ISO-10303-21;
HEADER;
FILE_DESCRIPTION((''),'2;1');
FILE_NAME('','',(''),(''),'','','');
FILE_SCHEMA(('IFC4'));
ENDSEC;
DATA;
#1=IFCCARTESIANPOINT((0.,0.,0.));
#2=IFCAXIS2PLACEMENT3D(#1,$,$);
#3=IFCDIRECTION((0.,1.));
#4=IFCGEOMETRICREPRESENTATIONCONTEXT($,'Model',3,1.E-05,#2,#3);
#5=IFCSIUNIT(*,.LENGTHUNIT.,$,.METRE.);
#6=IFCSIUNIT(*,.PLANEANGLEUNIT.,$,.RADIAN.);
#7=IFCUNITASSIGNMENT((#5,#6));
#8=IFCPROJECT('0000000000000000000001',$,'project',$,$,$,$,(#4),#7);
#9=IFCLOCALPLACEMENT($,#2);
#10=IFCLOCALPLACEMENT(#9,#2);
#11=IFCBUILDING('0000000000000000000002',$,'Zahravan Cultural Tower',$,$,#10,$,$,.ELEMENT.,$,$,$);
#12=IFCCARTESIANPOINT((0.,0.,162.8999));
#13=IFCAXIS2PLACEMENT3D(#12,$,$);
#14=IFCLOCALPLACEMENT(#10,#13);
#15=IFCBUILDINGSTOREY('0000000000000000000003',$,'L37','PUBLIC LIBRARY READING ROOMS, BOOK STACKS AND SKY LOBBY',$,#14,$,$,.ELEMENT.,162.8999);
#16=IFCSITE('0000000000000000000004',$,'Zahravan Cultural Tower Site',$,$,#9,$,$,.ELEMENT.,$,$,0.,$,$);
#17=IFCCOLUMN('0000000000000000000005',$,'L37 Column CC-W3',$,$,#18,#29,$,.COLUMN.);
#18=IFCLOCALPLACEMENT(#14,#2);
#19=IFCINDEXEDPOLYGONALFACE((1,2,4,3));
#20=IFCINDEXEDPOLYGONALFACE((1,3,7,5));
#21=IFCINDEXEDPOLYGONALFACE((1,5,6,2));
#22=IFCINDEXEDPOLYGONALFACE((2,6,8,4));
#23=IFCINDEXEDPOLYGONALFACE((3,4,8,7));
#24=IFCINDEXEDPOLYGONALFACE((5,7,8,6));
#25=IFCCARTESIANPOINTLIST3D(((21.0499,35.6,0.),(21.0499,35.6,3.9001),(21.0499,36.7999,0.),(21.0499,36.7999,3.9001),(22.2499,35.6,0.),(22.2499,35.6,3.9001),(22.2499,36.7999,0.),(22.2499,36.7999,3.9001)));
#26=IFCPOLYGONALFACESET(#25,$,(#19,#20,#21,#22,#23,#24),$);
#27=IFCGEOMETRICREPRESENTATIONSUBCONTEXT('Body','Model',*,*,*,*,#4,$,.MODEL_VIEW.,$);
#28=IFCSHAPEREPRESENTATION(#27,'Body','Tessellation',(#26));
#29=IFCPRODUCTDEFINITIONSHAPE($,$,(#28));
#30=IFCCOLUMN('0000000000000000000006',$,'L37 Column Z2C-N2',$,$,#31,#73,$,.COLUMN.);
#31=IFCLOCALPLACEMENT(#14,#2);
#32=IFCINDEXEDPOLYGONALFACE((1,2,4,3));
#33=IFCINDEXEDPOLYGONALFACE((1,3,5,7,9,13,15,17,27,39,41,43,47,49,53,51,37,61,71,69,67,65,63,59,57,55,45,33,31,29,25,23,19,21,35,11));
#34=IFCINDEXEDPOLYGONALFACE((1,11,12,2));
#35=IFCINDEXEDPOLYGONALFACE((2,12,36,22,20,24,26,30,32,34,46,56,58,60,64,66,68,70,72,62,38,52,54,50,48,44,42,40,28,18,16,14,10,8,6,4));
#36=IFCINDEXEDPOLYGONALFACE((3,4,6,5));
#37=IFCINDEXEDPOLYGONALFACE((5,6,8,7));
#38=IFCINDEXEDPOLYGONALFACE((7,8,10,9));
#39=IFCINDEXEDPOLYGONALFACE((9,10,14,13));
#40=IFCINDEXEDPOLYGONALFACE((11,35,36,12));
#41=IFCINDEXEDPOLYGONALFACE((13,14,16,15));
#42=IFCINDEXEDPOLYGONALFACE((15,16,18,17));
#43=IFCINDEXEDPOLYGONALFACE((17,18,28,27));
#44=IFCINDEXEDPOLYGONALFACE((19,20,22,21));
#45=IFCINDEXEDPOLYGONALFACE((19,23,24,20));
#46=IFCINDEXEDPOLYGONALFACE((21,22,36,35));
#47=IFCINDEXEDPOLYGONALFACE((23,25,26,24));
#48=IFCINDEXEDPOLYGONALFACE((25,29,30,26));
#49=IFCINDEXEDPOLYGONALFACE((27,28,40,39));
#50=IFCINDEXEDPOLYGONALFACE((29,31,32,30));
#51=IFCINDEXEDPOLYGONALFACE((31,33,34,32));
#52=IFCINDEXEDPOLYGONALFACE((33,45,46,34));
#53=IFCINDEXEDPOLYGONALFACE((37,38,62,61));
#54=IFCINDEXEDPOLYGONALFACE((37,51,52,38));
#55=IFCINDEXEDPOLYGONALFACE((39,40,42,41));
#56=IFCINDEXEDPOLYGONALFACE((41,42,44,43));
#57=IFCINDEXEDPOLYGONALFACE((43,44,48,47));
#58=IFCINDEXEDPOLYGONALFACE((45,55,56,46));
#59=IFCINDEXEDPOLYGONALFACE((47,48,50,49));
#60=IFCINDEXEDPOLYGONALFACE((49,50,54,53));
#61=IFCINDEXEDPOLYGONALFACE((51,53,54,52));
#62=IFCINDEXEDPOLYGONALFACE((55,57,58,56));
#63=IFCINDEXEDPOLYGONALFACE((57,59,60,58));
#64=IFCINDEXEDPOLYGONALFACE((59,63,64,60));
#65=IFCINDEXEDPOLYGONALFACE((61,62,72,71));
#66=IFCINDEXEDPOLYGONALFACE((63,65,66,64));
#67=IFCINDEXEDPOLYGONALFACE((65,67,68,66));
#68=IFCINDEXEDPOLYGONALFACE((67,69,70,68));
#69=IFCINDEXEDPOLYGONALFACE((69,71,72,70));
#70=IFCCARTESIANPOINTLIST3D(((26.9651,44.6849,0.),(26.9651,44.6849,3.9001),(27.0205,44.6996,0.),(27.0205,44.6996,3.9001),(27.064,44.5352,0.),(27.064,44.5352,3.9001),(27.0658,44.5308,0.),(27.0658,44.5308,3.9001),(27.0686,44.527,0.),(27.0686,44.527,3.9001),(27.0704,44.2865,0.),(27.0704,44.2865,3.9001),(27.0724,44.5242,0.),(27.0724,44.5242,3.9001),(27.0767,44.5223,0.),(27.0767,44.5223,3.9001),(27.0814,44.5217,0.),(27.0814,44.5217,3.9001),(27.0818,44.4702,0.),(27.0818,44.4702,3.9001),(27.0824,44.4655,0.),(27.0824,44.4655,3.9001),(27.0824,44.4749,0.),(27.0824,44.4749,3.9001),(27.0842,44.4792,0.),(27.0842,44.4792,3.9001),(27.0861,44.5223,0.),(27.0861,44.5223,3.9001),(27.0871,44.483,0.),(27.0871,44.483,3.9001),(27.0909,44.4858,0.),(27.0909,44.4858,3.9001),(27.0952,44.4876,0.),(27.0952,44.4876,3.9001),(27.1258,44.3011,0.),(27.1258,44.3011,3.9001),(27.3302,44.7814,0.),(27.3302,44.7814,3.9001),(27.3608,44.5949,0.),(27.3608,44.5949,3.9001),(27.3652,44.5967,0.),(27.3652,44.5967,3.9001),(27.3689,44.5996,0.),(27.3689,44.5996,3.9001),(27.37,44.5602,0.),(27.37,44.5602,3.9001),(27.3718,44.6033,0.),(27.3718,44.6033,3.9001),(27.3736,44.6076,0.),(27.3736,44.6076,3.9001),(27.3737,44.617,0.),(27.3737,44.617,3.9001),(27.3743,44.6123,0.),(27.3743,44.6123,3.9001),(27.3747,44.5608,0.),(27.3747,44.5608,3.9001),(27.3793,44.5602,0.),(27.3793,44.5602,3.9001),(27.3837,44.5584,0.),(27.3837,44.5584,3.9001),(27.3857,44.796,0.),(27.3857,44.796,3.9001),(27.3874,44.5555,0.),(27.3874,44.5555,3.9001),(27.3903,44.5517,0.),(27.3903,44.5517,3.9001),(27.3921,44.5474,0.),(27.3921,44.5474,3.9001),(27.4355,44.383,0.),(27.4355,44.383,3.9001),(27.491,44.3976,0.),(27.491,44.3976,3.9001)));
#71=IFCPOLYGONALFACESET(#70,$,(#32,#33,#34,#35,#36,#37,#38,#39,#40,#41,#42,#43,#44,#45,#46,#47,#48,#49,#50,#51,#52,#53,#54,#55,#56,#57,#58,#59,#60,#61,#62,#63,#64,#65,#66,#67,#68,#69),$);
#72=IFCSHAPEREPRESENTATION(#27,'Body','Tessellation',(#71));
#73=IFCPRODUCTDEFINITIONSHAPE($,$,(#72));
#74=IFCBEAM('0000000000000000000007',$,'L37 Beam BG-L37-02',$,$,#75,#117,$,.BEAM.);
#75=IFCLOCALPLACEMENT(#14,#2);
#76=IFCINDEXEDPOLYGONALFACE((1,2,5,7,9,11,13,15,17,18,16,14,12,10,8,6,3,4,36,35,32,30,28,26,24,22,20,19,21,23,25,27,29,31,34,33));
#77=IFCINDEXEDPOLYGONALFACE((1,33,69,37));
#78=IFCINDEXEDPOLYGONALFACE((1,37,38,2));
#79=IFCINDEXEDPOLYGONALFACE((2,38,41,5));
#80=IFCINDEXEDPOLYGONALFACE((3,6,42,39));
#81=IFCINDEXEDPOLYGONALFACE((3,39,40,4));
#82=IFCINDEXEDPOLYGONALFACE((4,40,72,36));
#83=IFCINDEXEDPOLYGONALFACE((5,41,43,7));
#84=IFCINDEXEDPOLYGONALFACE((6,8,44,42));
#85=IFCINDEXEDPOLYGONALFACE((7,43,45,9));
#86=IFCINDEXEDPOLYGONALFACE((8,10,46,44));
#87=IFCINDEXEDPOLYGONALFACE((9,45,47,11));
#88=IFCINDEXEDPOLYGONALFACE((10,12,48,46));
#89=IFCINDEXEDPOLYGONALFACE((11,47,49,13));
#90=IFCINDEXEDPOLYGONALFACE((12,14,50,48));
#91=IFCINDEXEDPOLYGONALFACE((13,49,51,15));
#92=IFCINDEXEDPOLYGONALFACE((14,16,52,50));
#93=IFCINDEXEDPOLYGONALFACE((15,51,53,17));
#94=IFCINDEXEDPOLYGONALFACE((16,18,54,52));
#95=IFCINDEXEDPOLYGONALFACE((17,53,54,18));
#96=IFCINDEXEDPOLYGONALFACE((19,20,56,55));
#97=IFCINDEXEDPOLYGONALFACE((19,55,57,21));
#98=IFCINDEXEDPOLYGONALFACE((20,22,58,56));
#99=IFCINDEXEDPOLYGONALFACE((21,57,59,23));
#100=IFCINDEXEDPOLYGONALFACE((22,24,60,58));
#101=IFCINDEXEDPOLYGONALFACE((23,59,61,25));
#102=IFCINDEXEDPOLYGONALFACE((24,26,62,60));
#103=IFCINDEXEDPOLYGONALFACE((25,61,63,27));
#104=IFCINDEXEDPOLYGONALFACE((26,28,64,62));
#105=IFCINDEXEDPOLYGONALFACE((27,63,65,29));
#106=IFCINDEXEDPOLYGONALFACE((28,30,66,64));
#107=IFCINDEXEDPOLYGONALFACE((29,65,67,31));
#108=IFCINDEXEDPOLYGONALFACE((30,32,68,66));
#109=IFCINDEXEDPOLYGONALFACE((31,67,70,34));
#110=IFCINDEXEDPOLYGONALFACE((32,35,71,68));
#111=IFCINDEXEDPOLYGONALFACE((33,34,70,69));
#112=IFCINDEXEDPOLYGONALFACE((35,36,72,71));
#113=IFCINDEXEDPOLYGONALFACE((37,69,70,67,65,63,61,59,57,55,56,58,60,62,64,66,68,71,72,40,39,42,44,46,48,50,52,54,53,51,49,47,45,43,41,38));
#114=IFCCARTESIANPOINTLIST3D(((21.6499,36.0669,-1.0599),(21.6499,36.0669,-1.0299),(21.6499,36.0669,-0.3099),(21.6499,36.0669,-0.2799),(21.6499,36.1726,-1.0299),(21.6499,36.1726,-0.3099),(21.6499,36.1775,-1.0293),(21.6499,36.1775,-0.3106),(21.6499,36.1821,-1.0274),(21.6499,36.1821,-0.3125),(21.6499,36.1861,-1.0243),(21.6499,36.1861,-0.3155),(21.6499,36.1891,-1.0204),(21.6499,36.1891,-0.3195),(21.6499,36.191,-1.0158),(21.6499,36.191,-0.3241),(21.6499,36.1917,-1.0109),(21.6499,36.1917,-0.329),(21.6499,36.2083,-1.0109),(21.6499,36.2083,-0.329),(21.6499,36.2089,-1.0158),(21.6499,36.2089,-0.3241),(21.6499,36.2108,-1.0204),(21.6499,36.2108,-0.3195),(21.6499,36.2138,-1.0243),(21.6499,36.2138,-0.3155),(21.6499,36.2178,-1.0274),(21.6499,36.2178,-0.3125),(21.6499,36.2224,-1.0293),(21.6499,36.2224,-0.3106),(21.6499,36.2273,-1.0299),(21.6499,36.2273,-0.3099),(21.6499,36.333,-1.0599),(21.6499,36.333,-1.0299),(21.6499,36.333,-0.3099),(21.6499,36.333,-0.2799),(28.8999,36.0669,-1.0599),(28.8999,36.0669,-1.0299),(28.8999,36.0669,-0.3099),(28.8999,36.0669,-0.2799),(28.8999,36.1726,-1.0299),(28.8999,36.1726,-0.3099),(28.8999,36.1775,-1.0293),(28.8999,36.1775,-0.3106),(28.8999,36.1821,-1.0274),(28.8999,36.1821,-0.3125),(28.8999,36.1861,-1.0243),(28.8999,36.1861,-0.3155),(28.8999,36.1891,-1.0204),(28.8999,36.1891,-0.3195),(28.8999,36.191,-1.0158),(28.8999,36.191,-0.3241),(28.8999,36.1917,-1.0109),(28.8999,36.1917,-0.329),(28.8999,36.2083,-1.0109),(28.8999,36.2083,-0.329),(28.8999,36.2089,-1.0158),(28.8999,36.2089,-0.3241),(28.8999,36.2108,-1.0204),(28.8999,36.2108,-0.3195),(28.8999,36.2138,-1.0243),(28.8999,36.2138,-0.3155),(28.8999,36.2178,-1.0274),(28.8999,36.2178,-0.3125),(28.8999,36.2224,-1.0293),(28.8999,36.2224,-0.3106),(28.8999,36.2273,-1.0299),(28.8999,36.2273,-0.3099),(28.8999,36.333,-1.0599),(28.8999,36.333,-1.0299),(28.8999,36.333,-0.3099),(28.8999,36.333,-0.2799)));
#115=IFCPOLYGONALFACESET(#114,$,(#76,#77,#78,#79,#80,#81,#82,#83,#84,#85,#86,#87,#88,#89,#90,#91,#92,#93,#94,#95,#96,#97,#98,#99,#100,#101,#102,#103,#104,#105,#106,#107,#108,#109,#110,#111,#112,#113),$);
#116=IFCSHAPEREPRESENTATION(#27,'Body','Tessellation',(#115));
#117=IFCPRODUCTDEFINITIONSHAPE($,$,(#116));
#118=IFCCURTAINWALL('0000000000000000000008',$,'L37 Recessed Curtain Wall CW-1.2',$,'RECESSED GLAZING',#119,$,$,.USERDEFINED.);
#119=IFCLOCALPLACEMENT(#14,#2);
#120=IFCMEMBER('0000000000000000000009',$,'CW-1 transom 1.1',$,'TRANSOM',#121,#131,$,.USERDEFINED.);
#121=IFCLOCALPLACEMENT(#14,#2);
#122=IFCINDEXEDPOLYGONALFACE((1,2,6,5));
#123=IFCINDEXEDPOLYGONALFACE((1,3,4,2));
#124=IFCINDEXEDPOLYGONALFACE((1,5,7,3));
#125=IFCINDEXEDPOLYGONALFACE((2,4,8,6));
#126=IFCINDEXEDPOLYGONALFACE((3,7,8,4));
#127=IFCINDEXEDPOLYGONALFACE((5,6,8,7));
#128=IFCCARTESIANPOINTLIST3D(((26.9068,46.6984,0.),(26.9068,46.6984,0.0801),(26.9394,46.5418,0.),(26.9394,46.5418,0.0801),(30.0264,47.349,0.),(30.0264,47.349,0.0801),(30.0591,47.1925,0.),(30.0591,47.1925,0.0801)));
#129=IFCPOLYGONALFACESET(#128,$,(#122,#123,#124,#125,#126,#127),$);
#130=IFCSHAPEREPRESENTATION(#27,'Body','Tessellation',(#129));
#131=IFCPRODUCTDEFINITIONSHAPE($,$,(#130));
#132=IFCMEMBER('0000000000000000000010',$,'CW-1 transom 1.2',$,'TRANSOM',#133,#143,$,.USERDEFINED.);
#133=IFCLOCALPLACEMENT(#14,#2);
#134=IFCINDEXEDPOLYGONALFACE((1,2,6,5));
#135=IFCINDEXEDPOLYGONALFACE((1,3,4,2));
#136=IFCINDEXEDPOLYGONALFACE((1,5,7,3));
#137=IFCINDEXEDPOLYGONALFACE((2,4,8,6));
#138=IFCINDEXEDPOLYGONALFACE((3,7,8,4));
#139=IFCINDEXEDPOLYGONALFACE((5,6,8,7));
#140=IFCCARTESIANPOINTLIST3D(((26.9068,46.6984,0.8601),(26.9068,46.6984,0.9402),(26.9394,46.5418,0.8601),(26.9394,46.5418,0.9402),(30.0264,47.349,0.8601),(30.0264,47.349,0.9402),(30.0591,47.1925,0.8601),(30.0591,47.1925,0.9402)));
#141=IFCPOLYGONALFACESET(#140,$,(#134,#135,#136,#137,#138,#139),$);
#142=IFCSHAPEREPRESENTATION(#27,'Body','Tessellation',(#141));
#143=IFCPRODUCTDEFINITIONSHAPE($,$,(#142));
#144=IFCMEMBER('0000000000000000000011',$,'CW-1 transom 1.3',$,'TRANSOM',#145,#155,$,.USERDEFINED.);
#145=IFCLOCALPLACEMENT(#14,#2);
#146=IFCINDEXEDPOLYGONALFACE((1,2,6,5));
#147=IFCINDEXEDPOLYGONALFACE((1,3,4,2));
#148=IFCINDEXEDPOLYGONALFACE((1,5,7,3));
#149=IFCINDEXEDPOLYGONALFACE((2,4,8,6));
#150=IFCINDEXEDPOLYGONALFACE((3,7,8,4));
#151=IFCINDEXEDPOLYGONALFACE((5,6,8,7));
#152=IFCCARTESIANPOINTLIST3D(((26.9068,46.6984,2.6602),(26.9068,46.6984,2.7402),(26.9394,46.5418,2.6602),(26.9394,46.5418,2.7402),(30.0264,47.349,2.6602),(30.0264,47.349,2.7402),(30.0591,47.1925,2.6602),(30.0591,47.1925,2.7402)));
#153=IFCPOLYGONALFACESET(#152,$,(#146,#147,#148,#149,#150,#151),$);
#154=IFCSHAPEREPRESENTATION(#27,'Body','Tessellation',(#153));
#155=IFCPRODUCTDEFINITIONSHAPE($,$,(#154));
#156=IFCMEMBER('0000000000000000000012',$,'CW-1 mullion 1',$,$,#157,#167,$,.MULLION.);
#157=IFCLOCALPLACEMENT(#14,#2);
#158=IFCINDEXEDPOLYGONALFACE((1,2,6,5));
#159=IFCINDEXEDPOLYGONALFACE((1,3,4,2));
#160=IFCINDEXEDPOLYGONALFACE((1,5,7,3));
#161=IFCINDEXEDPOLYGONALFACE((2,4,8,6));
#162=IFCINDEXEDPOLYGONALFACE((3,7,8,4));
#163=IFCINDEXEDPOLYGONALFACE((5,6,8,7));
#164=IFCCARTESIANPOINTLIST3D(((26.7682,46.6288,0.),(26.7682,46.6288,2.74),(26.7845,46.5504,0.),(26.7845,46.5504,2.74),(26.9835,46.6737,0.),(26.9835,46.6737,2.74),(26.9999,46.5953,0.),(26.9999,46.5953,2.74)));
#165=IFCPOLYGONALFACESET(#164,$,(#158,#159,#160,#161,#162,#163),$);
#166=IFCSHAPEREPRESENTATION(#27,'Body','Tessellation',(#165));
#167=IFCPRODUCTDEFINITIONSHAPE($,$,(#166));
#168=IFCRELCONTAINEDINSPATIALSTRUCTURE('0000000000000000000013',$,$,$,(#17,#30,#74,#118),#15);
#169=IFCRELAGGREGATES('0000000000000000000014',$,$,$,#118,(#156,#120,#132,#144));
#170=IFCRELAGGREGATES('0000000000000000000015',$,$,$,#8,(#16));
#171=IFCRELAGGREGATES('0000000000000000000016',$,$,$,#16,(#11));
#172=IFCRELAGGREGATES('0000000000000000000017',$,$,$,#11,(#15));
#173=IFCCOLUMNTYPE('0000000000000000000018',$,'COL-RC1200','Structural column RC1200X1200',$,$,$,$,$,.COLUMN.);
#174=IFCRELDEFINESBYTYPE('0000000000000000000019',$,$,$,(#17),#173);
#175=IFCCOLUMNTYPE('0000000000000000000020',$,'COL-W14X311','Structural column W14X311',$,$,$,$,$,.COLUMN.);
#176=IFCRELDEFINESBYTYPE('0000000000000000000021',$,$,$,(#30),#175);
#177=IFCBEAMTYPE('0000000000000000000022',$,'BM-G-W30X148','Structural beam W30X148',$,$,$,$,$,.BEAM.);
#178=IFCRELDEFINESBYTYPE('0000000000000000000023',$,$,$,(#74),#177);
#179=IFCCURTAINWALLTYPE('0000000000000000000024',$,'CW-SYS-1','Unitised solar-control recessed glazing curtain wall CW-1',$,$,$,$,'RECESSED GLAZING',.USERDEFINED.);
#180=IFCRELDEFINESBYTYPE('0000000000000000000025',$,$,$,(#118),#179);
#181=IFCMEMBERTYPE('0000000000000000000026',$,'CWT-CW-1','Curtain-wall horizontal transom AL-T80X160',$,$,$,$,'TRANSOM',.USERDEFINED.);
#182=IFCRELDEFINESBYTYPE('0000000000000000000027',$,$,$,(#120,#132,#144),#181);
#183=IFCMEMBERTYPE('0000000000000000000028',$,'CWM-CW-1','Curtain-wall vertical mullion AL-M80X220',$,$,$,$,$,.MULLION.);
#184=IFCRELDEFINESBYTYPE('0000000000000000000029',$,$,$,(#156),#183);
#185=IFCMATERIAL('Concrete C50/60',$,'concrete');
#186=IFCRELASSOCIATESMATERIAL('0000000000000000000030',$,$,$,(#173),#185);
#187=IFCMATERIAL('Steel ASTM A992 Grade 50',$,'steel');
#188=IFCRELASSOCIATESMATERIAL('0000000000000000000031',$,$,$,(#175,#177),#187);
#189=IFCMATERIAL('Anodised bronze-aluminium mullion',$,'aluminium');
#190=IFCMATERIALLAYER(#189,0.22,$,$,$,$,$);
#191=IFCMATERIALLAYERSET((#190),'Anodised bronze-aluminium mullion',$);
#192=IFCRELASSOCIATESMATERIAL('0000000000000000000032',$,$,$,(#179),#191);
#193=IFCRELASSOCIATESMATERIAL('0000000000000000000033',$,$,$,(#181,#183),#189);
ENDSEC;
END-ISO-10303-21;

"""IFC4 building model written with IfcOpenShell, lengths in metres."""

from ifc_helpers import new_model, si_unit, direction, frame, origin, origin_2d, place, context, subcontext, project, spatial, rectangle, i_section, extrude, source, transform, mapped, material, layer, layer_set, material_profile, profile_set, type_object, element, aggregate, save


model = new_model("IFC4")

# Units and contexts
model_context = context("Model", 3, precision=1e-05, world=origin(), true_north=direction((0.0, 1.0)))
body_context = subcontext(model_context, "Body", "Model", "MODEL_VIEW")
ifc_project = project(units=[si_unit("LENGTHUNIT", "METRE"), si_unit("PLANEANGLEUNIT", "RADIAN")], contexts=[model_context])

# Site, building, storey
site_placement = place(None, origin())
site = spatial("IfcSite", under=ifc_project, at=site_placement, Name="Zahravan Cultural Tower Site", CompositionType="ELEMENT", RefElevation=0.0)
building_placement = place(site_placement, origin())
building = spatial("IfcBuilding", under=site, at=building_placement, Name="Zahravan Cultural Tower", CompositionType="ELEMENT")
storey_placement = place(building_placement, frame((0.0, 0.0, 162.8999)))
storey = spatial("IfcBuildingStorey", under=building, at=storey_placement, Name="L37", Description="PUBLIC LIBRARY READING ROOMS, BOOK STACKS AND SKY LOBBY", CompositionType="ELEMENT", Elevation=162.8999)

# Columns
ifc_material_1 = material(Name="Concrete C50/60", Category="concrete")
ifc_material_profile_1 = material_profile(ifc_material_1, rectangle(XDim=1.2, YDim=1.2, at=origin_2d()), Name="RC1200X1200")
ifc_profile_set_1 = profile_set([ifc_material_profile_1], Name="Concrete C50/60")
column_type_1 = type_object("IfcColumnType", Name="COL-RC1200", Description="Structural column RC1200X1200", PredefinedType="COLUMN", material=ifc_profile_set_1)
shared_shape_1 = source(origin(), body_context, "Body", "SweptSolid", [
    extrude(rectangle(XDim=1.2, YDim=1.2, at=origin_2d()), origin(), (0.0, 0.0, 1.0), 3.9001),
])
column_1_placement = place(storey_placement, frame((21.6499, 36.2, 0.0), z_axis=(0.0, 0.0, 1.0), x_axis=(1.0, 0.0, 0.0)))
element("IfcColumn", 1, at=column_1_placement, inside=storey, type_object=column_type_1, Name="L37 Column CC-W3", PredefinedType="COLUMN", context=body_context, shape_type="MappedRepresentation", body=[
    mapped(shared_shape_1, transform((0.0, 0.0, 0.0), x_axis=(1.0, 0.0, 0.0), y_axis=(0.0, 1.0, 0.0), z_axis=(0.0, 0.0, 1.0), scale=1.0)),
])
ifc_material_2 = material(Name="Steel ASTM A992 Grade 50", Category="steel")
ifc_material_profile_2 = material_profile(ifc_material_2, i_section(OverallWidth=0.4121, OverallDepth=0.4351, WebThickness=0.0359, FlangeThickness=0.0574, FilletRadius=0.0181, at=origin_2d()), Name="W14X311")
ifc_profile_set_2 = profile_set([ifc_material_profile_2], Name="Steel ASTM A992 Grade 50")
column_type_2 = type_object("IfcColumnType", Name="COL-W14X311", Description="Structural column W14X311", PredefinedType="COLUMN", material=ifc_profile_set_2)
shared_shape_2 = source(origin(), body_context, "Body", "SweptSolid", [
    extrude(i_section(OverallWidth=0.4121, OverallDepth=0.4351, WebThickness=0.0359, FlangeThickness=0.0574, FilletRadius=0.0181, at=origin_2d()), origin(), (0.0, 0.0, 1.0), 3.9001),
])
column_2_placement = place(storey_placement, frame((27.228, 44.5413, 0.0), z_axis=(0.0, 0.0, 1.0), x_axis=(-0.255446, 0.966823, 0.0)))
element("IfcColumn", 2, at=column_2_placement, inside=storey, type_object=column_type_2, Name="L37 Column Z2C-N2", PredefinedType="COLUMN", context=body_context, shape_type="MappedRepresentation", body=[
    mapped(shared_shape_2, transform((0.0, 0.0, 0.0), x_axis=(1.0, 0.0, 0.0), y_axis=(0.0, 1.0, 0.0), z_axis=(0.0, 0.0, 1.0), scale=1.0)),
])

# Beam
ifc_material_profile_3 = material_profile(ifc_material_2, i_section(OverallWidth=0.2661, OverallDepth=0.78, WebThickness=0.0166, FlangeThickness=0.03, FilletRadius=0.019, at=origin_2d()), Name="W30X148")
ifc_profile_set_3 = profile_set([ifc_material_profile_3], Name="Steel ASTM A992 Grade 50")
beam_type = type_object("IfcBeamType", Name="BM-G-W30X148", Description="Structural beam W30X148", PredefinedType="BEAM", material=ifc_profile_set_3)
shared_shape_3 = source(origin(), body_context, "Body", "SweptSolid", [
    extrude(i_section(OverallWidth=0.2661, OverallDepth=0.78, WebThickness=0.0166, FlangeThickness=0.03, FilletRadius=0.019, at=origin_2d()), origin(), (0.0, 0.0, 1.0), 7.25),
])
beam_placement = place(storey_placement, frame((21.6499, 36.2, -0.6699), z_axis=(1.0, 0.0, 0.0), x_axis=(0.0, 1.0, 0.0)))
element("IfcBeam", 3, at=beam_placement, inside=storey, type_object=beam_type, Name="L37 Beam BG-L37-02", PredefinedType="BEAM", context=body_context, shape_type="MappedRepresentation", body=[
    mapped(shared_shape_3, transform((0.0, 0.0, 0.0), x_axis=(1.0, 0.0, 0.0), y_axis=(0.0, 1.0, 0.0), z_axis=(0.0, 0.0, 1.0), scale=1.0)),
])

# Curtain wall, members
ifc_material_3 = material(Name="Anodised bronze-aluminium mullion", Category="aluminium")
ifc_layer_1 = layer(ifc_material_3, 0.22)
ifc_layer_set_1 = layer_set([ifc_layer_1], Name="Anodised bronze-aluminium mullion")
curtain_wall_type = type_object("IfcCurtainWallType", Name="CW-SYS-1", Description="Unitised solar-control recessed glazing curtain wall CW-1", ElementType="RECESSED GLAZING", PredefinedType="USERDEFINED", material=ifc_layer_set_1)
curtain_wall_placement = place(storey_placement, origin())
curtain_wall = element("IfcCurtainWall", 4, at=curtain_wall_placement, inside=storey, type_object=curtain_wall_type, Name="L37 Recessed Curtain Wall CW-1.2", ObjectType="RECESSED GLAZING", PredefinedType="USERDEFINED")
ifc_material_profile_4 = material_profile(ifc_material_3, rectangle(XDim=0.1599, YDim=0.0801, at=origin_2d()), Name="AL-T80X160")
ifc_profile_set_4 = profile_set([ifc_material_profile_4], Name="Anodised bronze-aluminium mullion")
member_type_1 = type_object("IfcMemberType", Name="CWT-CW-1", Description="Curtain-wall horizontal transom AL-T80X160", ElementType="TRANSOM", PredefinedType="USERDEFINED", material=ifc_profile_set_4)
shared_shape_4 = source(origin(), body_context, "Body", "SweptSolid", [
    extrude(rectangle(XDim=0.1599, YDim=0.0801, at=origin_2d()), origin(), (0.0, 0.0, 1.0), 3.1868),
])
member_1_placement = place(storey_placement, frame((26.9231, 46.6201, 0.04), z_axis=(0.978936, 0.204168, 0.0), x_axis=(-0.204168, 0.978936, 0.0)))
member_1 = element("IfcMember", 5, at=member_1_placement, type_object=member_type_1, Name="CW-1 transom 1.1", ObjectType="TRANSOM", PredefinedType="USERDEFINED", context=body_context, shape_type="MappedRepresentation", body=[
    mapped(shared_shape_4, transform((0.0, 0.0, 0.0), x_axis=(1.0, 0.0, 0.0), y_axis=(0.0, 1.0, 0.0), z_axis=(0.0, 0.0, 1.0), scale=1.0)),
])
member_2_placement = place(storey_placement, frame((26.9231, 46.6201, 0.9001), z_axis=(0.978936, 0.204168, 0.0), x_axis=(-0.204168, 0.978936, 0.0)))
member_2 = element("IfcMember", 6, at=member_2_placement, type_object=member_type_1, Name="CW-1 transom 1.2", ObjectType="TRANSOM", PredefinedType="USERDEFINED", context=body_context, shape_type="MappedRepresentation", body=[
    mapped(shared_shape_4, transform((0.0, 0.0, 0.0), x_axis=(1.0, 0.0, 0.0), y_axis=(0.0, 1.0, 0.0), z_axis=(0.0, 0.0, 1.0), scale=1.0)),
])
member_3_placement = place(storey_placement, frame((26.9231, 46.6201, 2.7002), z_axis=(0.978936, 0.204168, 0.0), x_axis=(-0.204168, 0.978936, 0.0)))
member_3 = element("IfcMember", 7, at=member_3_placement, type_object=member_type_1, Name="CW-1 transom 1.3", ObjectType="TRANSOM", PredefinedType="USERDEFINED", context=body_context, shape_type="MappedRepresentation", body=[
    mapped(shared_shape_4, transform((0.0, 0.0, 0.0), x_axis=(1.0, 0.0, 0.0), y_axis=(0.0, 1.0, 0.0), z_axis=(0.0, 0.0, 1.0), scale=1.0)),
])
ifc_material_profile_5 = material_profile(ifc_material_3, rectangle(XDim=0.0801, YDim=0.22, at=origin_2d()), Name="AL-M80X220")
ifc_profile_set_5 = profile_set([ifc_material_profile_5], Name="Anodised bronze-aluminium mullion")
member_type_2 = type_object("IfcMemberType", Name="CWM-CW-1", Description="Curtain-wall vertical mullion AL-M80X220", PredefinedType="MULLION", material=ifc_profile_set_5)
shared_shape_5 = source(origin(), body_context, "Body", "SweptSolid", [
    extrude(rectangle(XDim=0.0801, YDim=0.22, at=origin_2d()), origin(), (0.0, 0.0, 1.0), 2.74),
])
member_4_placement = place(storey_placement, frame((26.884, 46.6121, 0.0), z_axis=(0.0, 0.0, 1.0), x_axis=(-0.204162, 0.978937, 0.0)))
member_4 = element("IfcMember", 8, at=member_4_placement, type_object=member_type_2, Name="CW-1 mullion 1", PredefinedType="MULLION", context=body_context, shape_type="MappedRepresentation", body=[
    mapped(shared_shape_5, transform((0.0, 0.0, 0.0), x_axis=(1.0, 0.0, 0.0), y_axis=(0.0, 1.0, 0.0), z_axis=(0.0, 0.0, 1.0), scale=1.0)),
])
aggregate(curtain_wall, [member_4, member_1, member_2, member_3])

save(model, "model.ifc")
